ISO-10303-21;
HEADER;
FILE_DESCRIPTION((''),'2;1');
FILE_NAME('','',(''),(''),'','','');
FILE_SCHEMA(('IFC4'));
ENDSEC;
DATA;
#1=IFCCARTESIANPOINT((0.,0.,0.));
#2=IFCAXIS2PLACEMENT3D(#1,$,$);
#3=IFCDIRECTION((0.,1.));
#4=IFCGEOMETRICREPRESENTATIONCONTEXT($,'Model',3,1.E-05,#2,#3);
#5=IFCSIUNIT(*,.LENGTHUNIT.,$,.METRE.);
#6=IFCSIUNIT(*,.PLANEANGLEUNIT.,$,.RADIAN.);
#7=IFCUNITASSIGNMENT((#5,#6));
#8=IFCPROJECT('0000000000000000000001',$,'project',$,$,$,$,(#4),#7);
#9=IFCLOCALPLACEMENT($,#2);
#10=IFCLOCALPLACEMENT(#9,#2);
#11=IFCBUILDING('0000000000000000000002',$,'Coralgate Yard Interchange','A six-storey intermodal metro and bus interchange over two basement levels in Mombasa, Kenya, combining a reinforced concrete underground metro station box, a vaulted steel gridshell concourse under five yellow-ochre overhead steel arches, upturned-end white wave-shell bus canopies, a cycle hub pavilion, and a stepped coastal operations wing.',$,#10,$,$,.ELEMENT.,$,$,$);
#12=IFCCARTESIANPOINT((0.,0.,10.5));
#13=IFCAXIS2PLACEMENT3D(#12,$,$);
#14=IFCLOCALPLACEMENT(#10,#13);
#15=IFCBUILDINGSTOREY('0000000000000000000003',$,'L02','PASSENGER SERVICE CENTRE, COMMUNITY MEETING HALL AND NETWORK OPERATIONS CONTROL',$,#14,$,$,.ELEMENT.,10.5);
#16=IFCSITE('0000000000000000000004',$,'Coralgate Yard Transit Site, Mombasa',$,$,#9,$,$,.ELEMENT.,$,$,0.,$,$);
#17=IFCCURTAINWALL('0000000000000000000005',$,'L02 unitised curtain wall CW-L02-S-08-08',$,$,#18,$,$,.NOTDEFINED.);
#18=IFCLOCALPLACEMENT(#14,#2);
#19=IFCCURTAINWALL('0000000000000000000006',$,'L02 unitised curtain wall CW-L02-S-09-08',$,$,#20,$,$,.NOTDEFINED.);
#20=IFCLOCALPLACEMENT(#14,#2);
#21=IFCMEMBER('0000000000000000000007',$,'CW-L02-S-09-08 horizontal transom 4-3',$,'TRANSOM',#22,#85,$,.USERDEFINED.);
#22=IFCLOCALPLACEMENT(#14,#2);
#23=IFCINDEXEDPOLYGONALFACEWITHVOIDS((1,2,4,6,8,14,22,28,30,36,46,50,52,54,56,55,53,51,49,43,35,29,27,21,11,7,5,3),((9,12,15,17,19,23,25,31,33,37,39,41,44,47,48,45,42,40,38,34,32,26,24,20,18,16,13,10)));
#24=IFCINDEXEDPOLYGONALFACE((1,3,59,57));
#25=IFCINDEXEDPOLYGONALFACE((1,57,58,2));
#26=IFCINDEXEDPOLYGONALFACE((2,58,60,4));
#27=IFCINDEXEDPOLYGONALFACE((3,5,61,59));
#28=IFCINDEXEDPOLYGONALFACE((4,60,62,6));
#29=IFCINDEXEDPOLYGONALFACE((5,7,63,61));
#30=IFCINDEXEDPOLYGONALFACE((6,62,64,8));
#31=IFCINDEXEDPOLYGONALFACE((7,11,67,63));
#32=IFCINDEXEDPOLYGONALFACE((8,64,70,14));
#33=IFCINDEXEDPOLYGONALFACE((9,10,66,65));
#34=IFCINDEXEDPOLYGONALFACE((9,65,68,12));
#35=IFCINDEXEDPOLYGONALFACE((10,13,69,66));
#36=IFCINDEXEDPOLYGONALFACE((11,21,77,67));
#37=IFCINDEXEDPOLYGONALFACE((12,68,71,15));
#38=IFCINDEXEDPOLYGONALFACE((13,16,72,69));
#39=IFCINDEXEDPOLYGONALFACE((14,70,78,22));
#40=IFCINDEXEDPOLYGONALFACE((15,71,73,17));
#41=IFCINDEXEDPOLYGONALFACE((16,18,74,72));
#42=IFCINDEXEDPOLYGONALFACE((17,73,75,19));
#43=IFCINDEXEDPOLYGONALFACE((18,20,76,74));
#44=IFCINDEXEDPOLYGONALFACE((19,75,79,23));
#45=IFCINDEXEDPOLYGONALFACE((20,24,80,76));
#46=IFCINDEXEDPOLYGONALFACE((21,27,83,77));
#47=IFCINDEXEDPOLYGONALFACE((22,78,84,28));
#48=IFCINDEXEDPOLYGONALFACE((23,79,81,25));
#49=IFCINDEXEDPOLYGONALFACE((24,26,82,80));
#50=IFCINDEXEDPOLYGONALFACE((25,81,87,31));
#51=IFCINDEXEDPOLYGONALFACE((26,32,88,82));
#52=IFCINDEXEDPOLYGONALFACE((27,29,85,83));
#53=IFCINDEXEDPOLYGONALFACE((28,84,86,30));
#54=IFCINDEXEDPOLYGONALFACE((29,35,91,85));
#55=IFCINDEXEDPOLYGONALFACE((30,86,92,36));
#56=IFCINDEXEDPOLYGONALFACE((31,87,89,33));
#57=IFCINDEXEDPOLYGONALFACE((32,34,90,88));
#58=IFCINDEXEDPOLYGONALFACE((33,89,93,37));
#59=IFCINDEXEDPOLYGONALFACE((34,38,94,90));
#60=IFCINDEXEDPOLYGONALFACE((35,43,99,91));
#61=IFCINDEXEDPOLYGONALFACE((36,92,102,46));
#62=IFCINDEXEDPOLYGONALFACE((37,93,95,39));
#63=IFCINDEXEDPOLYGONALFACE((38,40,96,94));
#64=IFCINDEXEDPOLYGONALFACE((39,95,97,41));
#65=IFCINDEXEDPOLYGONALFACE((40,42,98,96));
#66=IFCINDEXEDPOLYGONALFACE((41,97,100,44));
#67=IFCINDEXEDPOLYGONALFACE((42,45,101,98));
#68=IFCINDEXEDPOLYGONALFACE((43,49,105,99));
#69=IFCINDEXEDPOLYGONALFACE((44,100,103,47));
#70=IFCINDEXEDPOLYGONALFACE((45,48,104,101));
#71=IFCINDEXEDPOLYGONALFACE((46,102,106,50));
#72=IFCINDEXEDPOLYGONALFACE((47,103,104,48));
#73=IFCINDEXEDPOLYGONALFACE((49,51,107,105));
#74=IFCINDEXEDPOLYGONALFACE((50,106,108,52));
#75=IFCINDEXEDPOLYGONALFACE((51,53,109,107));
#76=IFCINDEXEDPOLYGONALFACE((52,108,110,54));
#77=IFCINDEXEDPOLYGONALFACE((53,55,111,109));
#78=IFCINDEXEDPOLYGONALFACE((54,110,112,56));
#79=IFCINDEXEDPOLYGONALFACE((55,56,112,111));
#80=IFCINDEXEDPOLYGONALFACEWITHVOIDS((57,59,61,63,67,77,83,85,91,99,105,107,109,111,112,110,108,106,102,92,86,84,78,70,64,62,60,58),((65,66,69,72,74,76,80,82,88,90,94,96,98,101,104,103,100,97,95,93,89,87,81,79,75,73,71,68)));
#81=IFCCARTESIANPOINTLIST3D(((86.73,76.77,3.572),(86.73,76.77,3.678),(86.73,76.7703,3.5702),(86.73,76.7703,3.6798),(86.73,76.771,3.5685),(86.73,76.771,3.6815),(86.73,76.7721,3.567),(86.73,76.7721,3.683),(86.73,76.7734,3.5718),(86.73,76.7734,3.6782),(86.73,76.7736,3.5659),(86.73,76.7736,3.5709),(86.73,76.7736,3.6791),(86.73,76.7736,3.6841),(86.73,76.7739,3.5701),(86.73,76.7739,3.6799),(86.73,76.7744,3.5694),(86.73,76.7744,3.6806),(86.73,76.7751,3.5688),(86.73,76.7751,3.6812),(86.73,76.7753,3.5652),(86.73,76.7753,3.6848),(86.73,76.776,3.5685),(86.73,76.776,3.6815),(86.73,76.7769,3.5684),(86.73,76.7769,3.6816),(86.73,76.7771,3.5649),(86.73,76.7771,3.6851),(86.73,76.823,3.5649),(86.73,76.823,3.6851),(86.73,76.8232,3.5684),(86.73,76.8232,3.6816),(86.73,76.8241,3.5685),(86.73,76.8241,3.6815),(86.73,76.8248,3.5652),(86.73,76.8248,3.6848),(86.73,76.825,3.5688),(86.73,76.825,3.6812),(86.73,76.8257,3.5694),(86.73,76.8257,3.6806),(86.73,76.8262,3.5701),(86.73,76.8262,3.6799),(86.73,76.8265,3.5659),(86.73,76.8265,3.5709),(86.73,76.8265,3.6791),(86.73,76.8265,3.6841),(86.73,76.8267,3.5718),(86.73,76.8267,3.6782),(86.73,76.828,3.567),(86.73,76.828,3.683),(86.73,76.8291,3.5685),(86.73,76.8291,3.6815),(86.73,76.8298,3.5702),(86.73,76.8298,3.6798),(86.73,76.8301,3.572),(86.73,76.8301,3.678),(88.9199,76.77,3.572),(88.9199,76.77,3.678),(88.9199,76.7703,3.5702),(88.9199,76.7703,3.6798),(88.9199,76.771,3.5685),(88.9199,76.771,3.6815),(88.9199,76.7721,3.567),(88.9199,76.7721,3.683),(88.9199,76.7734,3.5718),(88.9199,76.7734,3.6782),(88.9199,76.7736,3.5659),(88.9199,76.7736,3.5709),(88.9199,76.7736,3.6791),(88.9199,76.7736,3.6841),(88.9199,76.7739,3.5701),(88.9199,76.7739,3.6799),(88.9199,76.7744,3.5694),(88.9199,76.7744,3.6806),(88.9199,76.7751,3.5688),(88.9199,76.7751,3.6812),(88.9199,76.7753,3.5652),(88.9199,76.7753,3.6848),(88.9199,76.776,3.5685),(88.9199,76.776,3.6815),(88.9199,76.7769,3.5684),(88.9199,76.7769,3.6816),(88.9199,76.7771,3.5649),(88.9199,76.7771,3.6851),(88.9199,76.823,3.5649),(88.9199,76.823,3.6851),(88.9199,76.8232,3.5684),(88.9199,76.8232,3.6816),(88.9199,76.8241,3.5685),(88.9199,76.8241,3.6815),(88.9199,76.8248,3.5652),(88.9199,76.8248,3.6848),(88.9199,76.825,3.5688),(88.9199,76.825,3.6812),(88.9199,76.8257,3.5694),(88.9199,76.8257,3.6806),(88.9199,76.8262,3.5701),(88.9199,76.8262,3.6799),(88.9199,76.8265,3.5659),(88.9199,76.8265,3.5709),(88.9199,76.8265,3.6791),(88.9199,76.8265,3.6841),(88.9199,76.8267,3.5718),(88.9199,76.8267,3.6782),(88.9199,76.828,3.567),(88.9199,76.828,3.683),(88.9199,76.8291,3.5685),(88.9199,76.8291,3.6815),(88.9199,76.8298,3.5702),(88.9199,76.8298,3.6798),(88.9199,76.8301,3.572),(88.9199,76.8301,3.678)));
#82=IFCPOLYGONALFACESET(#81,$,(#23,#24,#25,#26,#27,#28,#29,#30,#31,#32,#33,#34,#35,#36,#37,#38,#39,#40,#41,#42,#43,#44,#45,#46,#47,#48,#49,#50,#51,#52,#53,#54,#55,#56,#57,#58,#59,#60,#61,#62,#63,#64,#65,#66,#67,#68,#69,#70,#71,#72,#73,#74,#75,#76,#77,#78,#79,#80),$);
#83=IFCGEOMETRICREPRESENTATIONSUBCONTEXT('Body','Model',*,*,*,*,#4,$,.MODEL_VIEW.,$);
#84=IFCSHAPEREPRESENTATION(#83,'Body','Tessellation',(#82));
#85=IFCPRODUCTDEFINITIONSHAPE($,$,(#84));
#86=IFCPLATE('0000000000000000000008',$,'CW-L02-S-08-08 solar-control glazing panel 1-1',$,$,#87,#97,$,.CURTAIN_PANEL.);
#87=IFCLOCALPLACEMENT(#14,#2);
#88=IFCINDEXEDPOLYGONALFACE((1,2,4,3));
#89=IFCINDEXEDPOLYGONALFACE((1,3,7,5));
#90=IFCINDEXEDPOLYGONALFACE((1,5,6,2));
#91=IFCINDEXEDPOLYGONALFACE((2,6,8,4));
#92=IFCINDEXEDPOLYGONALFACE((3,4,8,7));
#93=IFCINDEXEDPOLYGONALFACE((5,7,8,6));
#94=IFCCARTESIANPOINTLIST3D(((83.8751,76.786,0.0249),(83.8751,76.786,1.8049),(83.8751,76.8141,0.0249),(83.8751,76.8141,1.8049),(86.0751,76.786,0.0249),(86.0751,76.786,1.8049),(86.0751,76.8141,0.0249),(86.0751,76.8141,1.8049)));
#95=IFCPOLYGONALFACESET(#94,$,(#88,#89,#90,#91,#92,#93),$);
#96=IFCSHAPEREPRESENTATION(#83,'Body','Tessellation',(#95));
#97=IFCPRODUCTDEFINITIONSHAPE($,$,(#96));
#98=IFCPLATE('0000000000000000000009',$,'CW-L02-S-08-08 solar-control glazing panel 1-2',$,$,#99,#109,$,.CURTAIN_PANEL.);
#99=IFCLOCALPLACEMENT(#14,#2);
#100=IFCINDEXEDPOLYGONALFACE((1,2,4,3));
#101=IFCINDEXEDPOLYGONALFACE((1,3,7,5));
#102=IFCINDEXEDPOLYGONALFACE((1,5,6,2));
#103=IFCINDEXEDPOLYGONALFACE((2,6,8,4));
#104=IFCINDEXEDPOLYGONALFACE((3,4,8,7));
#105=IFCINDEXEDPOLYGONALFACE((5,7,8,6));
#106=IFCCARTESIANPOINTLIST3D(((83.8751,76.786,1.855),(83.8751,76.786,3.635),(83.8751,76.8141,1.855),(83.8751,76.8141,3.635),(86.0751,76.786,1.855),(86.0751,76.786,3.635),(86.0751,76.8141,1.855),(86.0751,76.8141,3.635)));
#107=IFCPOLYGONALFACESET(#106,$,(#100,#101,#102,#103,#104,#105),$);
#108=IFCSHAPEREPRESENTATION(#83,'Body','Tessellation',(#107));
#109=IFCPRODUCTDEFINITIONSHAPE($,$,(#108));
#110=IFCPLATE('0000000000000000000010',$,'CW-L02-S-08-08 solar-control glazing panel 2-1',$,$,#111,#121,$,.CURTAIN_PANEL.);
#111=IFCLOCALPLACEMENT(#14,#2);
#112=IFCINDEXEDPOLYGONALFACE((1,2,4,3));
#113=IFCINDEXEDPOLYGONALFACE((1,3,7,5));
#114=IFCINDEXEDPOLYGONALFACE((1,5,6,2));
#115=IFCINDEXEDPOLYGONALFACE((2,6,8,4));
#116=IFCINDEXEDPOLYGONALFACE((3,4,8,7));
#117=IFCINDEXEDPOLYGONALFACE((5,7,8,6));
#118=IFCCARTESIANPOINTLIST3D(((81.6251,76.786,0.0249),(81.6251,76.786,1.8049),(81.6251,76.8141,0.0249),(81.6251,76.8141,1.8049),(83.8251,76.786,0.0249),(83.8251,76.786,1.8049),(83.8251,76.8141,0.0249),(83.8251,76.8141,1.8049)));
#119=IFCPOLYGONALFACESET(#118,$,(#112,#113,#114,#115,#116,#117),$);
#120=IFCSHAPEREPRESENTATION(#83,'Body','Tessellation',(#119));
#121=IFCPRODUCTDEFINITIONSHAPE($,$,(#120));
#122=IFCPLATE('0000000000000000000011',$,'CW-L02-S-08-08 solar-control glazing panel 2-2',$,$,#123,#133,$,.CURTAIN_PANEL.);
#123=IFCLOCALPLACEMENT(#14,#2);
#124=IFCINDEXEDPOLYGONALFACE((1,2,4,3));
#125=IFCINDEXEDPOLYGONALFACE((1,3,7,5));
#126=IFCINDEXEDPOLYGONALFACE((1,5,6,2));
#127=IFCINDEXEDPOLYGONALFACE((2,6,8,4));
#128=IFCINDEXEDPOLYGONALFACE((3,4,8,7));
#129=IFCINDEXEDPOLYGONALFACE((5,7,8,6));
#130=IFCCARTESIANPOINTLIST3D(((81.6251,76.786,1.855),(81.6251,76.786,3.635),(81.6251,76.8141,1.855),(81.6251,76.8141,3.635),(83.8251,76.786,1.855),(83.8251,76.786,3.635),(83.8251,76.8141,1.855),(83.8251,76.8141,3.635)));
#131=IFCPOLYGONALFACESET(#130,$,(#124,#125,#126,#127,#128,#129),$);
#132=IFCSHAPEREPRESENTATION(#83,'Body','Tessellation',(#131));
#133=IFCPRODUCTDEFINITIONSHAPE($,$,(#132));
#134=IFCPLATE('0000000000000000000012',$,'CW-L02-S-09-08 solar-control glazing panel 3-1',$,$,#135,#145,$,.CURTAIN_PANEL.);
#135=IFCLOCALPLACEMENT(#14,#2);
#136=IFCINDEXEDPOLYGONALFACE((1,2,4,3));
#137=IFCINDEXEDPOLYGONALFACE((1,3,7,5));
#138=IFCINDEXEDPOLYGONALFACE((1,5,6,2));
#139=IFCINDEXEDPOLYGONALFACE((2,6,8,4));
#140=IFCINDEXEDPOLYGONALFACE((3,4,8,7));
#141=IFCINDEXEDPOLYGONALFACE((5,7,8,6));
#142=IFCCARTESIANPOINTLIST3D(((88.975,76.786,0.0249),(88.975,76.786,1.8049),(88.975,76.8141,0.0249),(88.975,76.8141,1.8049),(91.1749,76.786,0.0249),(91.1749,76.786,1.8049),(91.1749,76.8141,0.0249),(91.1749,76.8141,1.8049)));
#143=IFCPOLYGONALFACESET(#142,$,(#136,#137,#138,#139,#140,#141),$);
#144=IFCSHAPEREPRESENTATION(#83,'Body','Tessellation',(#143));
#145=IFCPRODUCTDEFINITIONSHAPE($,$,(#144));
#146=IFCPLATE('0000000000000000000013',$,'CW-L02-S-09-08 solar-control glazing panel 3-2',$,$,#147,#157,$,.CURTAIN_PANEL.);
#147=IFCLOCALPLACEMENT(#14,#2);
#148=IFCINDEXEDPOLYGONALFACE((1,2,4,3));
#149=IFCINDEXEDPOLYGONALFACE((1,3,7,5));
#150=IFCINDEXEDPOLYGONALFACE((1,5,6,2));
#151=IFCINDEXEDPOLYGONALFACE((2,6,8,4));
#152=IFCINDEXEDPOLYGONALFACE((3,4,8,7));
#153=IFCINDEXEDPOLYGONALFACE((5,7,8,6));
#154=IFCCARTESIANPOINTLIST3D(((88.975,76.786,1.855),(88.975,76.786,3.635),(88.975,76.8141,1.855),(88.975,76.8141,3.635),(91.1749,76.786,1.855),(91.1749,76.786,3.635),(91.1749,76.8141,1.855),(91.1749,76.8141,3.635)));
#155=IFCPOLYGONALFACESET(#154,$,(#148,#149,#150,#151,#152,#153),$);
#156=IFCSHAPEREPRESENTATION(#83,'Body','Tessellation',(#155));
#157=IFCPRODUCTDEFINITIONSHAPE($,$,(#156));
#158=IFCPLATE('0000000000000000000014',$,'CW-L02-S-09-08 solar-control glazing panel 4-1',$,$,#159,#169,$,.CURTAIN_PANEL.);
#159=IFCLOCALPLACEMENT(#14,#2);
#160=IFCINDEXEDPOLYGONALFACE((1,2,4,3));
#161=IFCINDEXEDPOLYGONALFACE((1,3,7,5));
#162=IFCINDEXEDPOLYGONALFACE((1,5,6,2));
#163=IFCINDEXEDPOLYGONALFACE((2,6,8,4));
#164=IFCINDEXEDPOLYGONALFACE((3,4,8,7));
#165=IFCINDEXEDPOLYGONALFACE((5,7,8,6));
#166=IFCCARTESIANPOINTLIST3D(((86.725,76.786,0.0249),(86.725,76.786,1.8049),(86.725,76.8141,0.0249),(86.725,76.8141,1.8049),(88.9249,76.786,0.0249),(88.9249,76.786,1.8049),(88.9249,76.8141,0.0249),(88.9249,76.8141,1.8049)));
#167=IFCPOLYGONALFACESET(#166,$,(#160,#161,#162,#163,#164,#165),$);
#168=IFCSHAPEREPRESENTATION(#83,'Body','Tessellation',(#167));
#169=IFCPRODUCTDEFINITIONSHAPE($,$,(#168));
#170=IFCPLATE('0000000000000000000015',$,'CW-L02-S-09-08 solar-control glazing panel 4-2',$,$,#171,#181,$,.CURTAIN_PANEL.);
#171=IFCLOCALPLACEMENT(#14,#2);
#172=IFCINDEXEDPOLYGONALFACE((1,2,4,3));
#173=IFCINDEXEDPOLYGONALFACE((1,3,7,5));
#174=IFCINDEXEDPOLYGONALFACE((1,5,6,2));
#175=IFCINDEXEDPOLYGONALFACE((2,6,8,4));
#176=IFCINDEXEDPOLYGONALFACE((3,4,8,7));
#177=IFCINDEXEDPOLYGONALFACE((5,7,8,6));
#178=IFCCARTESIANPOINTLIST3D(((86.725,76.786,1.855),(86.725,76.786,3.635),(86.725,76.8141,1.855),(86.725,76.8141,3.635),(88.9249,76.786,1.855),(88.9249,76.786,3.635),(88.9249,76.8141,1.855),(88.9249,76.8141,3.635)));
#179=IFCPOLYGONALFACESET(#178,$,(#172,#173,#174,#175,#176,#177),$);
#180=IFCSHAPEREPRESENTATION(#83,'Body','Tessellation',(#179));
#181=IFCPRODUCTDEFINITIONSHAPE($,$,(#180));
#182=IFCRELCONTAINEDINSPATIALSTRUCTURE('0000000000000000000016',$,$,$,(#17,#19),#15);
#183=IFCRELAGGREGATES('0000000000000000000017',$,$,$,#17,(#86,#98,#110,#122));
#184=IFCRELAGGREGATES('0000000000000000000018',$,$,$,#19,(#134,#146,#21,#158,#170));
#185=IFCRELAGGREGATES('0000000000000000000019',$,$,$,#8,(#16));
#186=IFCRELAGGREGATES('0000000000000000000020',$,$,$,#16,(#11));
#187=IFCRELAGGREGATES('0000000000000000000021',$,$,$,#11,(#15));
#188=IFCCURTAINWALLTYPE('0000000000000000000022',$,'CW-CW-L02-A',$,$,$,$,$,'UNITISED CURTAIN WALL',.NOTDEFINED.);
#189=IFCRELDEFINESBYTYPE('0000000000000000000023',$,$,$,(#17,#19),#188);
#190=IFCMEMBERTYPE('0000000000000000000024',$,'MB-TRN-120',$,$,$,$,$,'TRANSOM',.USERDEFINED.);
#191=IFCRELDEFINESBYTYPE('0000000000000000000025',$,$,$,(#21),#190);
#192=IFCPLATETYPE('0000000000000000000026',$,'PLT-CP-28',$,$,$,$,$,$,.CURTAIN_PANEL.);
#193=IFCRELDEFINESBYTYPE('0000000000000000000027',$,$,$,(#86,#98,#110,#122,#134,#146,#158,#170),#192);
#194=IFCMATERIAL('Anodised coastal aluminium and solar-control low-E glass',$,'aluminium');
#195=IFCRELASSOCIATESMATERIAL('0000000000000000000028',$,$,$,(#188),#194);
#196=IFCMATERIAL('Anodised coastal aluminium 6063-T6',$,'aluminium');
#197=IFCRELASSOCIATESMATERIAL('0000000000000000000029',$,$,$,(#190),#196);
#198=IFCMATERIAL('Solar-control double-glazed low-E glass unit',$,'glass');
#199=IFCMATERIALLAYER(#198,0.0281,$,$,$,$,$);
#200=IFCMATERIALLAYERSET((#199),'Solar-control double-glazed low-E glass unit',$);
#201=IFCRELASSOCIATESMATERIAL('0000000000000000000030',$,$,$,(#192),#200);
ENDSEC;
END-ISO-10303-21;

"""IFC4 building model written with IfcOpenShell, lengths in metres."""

from ifc_helpers import new_model, si_unit, direction, frame, origin, origin_2d, place, context, subcontext, project, spatial, rectangle, hollow_rectangle, extrude, material, layer, layer_set, material_profile, profile_set, type_object, element, aggregate, save


model = new_model("IFC4")

# Units and contexts
model_context = context("Model", 3, precision=1e-05, world=origin(), true_north=direction((0.0, 1.0)))
body_context = subcontext(model_context, "Body", "Model", "MODEL_VIEW")
ifc_project = project(units=[si_unit("LENGTHUNIT", "METRE"), si_unit("PLANEANGLEUNIT", "RADIAN")], contexts=[model_context])

# Site, building, storey
site_placement = place(None, origin())
site = spatial("IfcSite", under=ifc_project, at=site_placement, Name="Coralgate Yard Transit Site, Mombasa", CompositionType="ELEMENT", RefElevation=0.0)
building_placement = place(site_placement, origin())
building = spatial("IfcBuilding", under=site, at=building_placement, Name="Coralgate Yard Interchange", Description="A six-storey intermodal metro and bus interchange over two basement levels in Mombasa, Kenya, combining a reinforced concrete underground metro station box, a vaulted steel gridshell concourse under five yellow-ochre overhead steel arches, upturned-end white wave-shell bus canopies, a cycle hub pavilion, and a stepped coastal operations wing.", CompositionType="ELEMENT")
storey_placement = place(building_placement, frame((0.0, 0.0, 10.5)))
storey = spatial("IfcBuildingStorey", under=building, at=storey_placement, Name="L02", Description="PASSENGER SERVICE CENTRE, COMMUNITY MEETING HALL AND NETWORK OPERATIONS CONTROL", CompositionType="ELEMENT", Elevation=10.5)

# Curtain walls
ifc_material_1 = material(Name="Anodised coastal aluminium and solar-control low-E glass", Category="aluminium")
curtain_wall_type = type_object("IfcCurtainWallType", Name="CW-CW-L02-A", ElementType="UNITISED CURTAIN WALL", PredefinedType="NOTDEFINED", material=ifc_material_1)
curtain_wall_1_placement = place(storey_placement, origin())
curtain_wall_1 = element("IfcCurtainWall", 1, at=curtain_wall_1_placement, inside=storey, type_object=curtain_wall_type, Name="L02 unitised curtain wall CW-L02-S-08-08", PredefinedType="NOTDEFINED")
ifc_material_2 = material(Name="Anodised coastal aluminium 6063-T6", Category="aluminium")
curtain_wall_2_placement = place(storey_placement, origin())
curtain_wall_2 = element("IfcCurtainWall", 2, at=curtain_wall_2_placement, inside=storey, type_object=curtain_wall_type, Name="L02 unitised curtain wall CW-L02-S-09-08", PredefinedType="NOTDEFINED")

# Member
ifc_material_profile_1 = material_profile(ifc_material_2, hollow_rectangle(XDim=0.0601, YDim=0.1201, WallThickness=0.0034, InnerFilletRadius=0.0034, OuterFilletRadius=0.0071, at=origin_2d()), Name="ALU 60x120x3.5")
ifc_profile_set_1 = profile_set([ifc_material_profile_1], Name="Anodised coastal aluminium 6063-T6")
member_type_1 = type_object("IfcMemberType", Name="MB-TRN-120", ElementType="TRANSOM", PredefinedType="USERDEFINED", material=ifc_profile_set_1)
member_1_placement = place(storey_placement, frame((88.9199, 76.8, 3.625), z_axis=(-1.0, 0.0, 0.0), x_axis=(0.0, -1.0, 0.0)))
member_1 = element("IfcMember", 3, at=member_1_placement, type_object=member_type_1, Name="CW-L02-S-09-08 horizontal transom 4-3", ObjectType="TRANSOM", PredefinedType="USERDEFINED", context=body_context, shape_type="SweptSolid", body=[
    extrude(hollow_rectangle(XDim=0.0601, YDim=0.1201, WallThickness=0.0034, InnerFilletRadius=0.0034, OuterFilletRadius=0.0071, at=origin_2d()), origin(), (0.0, 0.0, 1.0), 2.1899),
])

# Plates
ifc_material_3 = material(Name="Solar-control double-glazed low-E glass unit", Category="glass")
ifc_layer = layer(ifc_material_3, 0.0281)
ifc_layer_set = layer_set([ifc_layer], Name="Solar-control double-glazed low-E glass unit")
plate_type = type_object("IfcPlateType", Name="PLT-CP-28", PredefinedType="CURTAIN_PANEL", material=ifc_layer_set)
plate_1_placement = place(storey_placement, frame((84.9751, 76.8, 0.0249), z_axis=(0.0, 0.0, 1.0), x_axis=(-1.0, 0.0, 0.0)))
plate_1 = element("IfcPlate", 4, at=plate_1_placement, type_object=plate_type, Name="CW-L02-S-08-08 solar-control glazing panel 1-1", PredefinedType="CURTAIN_PANEL", context=body_context, shape_type="SweptSolid", body=[
    extrude(rectangle(XDim=2.2, YDim=0.0281, at=origin_2d()), origin(), (0.0, 0.0, 1.0), 1.78),
])
plate_2_placement = place(storey_placement, frame((84.9751, 76.8, 1.855), z_axis=(0.0, 0.0, 1.0), x_axis=(-1.0, 0.0, 0.0)))
plate_2 = element("IfcPlate", 5, at=plate_2_placement, type_object=plate_type, Name="CW-L02-S-08-08 solar-control glazing panel 1-2", PredefinedType="CURTAIN_PANEL", context=body_context, shape_type="SweptSolid", body=[
    extrude(rectangle(XDim=2.2, YDim=0.0281, at=origin_2d()), origin(), (0.0, 0.0, 1.0), 1.78),
])
plate_3_placement = place(storey_placement, frame((82.7251, 76.8, 0.0249), z_axis=(0.0, 0.0, 1.0), x_axis=(-1.0, 0.0, 0.0)))
plate_3 = element("IfcPlate", 6, at=plate_3_placement, type_object=plate_type, Name="CW-L02-S-08-08 solar-control glazing panel 2-1", PredefinedType="CURTAIN_PANEL", context=body_context, shape_type="SweptSolid", body=[
    extrude(rectangle(XDim=2.2, YDim=0.0281, at=origin_2d()), origin(), (0.0, 0.0, 1.0), 1.78),
])
plate_4_placement = place(storey_placement, frame((82.7251, 76.8, 1.855), z_axis=(0.0, 0.0, 1.0), x_axis=(-1.0, 0.0, 0.0)))
plate_4 = element("IfcPlate", 7, at=plate_4_placement, type_object=plate_type, Name="CW-L02-S-08-08 solar-control glazing panel 2-2", PredefinedType="CURTAIN_PANEL", context=body_context, shape_type="SweptSolid", body=[
    extrude(rectangle(XDim=2.2, YDim=0.0281, at=origin_2d()), origin(), (0.0, 0.0, 1.0), 1.78),
])
aggregate(curtain_wall_1, [plate_1, plate_2, plate_3, plate_4])
plate_5_placement = place(storey_placement, frame((90.075, 76.8, 0.0249), z_axis=(0.0, 0.0, 1.0), x_axis=(-1.0, 0.0, 0.0)))
plate_5 = element("IfcPlate", 8, at=plate_5_placement, type_object=plate_type, Name="CW-L02-S-09-08 solar-control glazing panel 3-1", PredefinedType="CURTAIN_PANEL", context=body_context, shape_type="SweptSolid", body=[
    extrude(rectangle(XDim=2.2, YDim=0.0281, at=origin_2d()), origin(), (0.0, 0.0, 1.0), 1.78),
])
plate_6_placement = place(storey_placement, frame((90.075, 76.8, 1.855), z_axis=(0.0, 0.0, 1.0), x_axis=(-1.0, 0.0, 0.0)))
plate_6 = element("IfcPlate", 9, at=plate_6_placement, type_object=plate_type, Name="CW-L02-S-09-08 solar-control glazing panel 3-2", PredefinedType="CURTAIN_PANEL", context=body_context, shape_type="SweptSolid", body=[
    extrude(rectangle(XDim=2.2, YDim=0.0281, at=origin_2d()), origin(), (0.0, 0.0, 1.0), 1.78),
])
plate_7_placement = place(storey_placement, frame((87.825, 76.8, 0.0249), z_axis=(0.0, 0.0, 1.0), x_axis=(-1.0, 0.0, 0.0)))
plate_7 = element("IfcPlate", 10, at=plate_7_placement, type_object=plate_type, Name="CW-L02-S-09-08 solar-control glazing panel 4-1", PredefinedType="CURTAIN_PANEL", context=body_context, shape_type="SweptSolid", body=[
    extrude(rectangle(XDim=2.2, YDim=0.0281, at=origin_2d()), origin(), (0.0, 0.0, 1.0), 1.78),
])
plate_8_placement = place(storey_placement, frame((87.825, 76.8, 1.855), z_axis=(0.0, 0.0, 1.0), x_axis=(-1.0, 0.0, 0.0)))
plate_8 = element("IfcPlate", 11, at=plate_8_placement, type_object=plate_type, Name="CW-L02-S-09-08 solar-control glazing panel 4-2", PredefinedType="CURTAIN_PANEL", context=body_context, shape_type="SweptSolid", body=[
    extrude(rectangle(XDim=2.2, YDim=0.0281, at=origin_2d()), origin(), (0.0, 0.0, 1.0), 1.78),
])
aggregate(curtain_wall_2, [plate_5, plate_6, member_1, plate_7, plate_8])

save(model, "model.ifc")
